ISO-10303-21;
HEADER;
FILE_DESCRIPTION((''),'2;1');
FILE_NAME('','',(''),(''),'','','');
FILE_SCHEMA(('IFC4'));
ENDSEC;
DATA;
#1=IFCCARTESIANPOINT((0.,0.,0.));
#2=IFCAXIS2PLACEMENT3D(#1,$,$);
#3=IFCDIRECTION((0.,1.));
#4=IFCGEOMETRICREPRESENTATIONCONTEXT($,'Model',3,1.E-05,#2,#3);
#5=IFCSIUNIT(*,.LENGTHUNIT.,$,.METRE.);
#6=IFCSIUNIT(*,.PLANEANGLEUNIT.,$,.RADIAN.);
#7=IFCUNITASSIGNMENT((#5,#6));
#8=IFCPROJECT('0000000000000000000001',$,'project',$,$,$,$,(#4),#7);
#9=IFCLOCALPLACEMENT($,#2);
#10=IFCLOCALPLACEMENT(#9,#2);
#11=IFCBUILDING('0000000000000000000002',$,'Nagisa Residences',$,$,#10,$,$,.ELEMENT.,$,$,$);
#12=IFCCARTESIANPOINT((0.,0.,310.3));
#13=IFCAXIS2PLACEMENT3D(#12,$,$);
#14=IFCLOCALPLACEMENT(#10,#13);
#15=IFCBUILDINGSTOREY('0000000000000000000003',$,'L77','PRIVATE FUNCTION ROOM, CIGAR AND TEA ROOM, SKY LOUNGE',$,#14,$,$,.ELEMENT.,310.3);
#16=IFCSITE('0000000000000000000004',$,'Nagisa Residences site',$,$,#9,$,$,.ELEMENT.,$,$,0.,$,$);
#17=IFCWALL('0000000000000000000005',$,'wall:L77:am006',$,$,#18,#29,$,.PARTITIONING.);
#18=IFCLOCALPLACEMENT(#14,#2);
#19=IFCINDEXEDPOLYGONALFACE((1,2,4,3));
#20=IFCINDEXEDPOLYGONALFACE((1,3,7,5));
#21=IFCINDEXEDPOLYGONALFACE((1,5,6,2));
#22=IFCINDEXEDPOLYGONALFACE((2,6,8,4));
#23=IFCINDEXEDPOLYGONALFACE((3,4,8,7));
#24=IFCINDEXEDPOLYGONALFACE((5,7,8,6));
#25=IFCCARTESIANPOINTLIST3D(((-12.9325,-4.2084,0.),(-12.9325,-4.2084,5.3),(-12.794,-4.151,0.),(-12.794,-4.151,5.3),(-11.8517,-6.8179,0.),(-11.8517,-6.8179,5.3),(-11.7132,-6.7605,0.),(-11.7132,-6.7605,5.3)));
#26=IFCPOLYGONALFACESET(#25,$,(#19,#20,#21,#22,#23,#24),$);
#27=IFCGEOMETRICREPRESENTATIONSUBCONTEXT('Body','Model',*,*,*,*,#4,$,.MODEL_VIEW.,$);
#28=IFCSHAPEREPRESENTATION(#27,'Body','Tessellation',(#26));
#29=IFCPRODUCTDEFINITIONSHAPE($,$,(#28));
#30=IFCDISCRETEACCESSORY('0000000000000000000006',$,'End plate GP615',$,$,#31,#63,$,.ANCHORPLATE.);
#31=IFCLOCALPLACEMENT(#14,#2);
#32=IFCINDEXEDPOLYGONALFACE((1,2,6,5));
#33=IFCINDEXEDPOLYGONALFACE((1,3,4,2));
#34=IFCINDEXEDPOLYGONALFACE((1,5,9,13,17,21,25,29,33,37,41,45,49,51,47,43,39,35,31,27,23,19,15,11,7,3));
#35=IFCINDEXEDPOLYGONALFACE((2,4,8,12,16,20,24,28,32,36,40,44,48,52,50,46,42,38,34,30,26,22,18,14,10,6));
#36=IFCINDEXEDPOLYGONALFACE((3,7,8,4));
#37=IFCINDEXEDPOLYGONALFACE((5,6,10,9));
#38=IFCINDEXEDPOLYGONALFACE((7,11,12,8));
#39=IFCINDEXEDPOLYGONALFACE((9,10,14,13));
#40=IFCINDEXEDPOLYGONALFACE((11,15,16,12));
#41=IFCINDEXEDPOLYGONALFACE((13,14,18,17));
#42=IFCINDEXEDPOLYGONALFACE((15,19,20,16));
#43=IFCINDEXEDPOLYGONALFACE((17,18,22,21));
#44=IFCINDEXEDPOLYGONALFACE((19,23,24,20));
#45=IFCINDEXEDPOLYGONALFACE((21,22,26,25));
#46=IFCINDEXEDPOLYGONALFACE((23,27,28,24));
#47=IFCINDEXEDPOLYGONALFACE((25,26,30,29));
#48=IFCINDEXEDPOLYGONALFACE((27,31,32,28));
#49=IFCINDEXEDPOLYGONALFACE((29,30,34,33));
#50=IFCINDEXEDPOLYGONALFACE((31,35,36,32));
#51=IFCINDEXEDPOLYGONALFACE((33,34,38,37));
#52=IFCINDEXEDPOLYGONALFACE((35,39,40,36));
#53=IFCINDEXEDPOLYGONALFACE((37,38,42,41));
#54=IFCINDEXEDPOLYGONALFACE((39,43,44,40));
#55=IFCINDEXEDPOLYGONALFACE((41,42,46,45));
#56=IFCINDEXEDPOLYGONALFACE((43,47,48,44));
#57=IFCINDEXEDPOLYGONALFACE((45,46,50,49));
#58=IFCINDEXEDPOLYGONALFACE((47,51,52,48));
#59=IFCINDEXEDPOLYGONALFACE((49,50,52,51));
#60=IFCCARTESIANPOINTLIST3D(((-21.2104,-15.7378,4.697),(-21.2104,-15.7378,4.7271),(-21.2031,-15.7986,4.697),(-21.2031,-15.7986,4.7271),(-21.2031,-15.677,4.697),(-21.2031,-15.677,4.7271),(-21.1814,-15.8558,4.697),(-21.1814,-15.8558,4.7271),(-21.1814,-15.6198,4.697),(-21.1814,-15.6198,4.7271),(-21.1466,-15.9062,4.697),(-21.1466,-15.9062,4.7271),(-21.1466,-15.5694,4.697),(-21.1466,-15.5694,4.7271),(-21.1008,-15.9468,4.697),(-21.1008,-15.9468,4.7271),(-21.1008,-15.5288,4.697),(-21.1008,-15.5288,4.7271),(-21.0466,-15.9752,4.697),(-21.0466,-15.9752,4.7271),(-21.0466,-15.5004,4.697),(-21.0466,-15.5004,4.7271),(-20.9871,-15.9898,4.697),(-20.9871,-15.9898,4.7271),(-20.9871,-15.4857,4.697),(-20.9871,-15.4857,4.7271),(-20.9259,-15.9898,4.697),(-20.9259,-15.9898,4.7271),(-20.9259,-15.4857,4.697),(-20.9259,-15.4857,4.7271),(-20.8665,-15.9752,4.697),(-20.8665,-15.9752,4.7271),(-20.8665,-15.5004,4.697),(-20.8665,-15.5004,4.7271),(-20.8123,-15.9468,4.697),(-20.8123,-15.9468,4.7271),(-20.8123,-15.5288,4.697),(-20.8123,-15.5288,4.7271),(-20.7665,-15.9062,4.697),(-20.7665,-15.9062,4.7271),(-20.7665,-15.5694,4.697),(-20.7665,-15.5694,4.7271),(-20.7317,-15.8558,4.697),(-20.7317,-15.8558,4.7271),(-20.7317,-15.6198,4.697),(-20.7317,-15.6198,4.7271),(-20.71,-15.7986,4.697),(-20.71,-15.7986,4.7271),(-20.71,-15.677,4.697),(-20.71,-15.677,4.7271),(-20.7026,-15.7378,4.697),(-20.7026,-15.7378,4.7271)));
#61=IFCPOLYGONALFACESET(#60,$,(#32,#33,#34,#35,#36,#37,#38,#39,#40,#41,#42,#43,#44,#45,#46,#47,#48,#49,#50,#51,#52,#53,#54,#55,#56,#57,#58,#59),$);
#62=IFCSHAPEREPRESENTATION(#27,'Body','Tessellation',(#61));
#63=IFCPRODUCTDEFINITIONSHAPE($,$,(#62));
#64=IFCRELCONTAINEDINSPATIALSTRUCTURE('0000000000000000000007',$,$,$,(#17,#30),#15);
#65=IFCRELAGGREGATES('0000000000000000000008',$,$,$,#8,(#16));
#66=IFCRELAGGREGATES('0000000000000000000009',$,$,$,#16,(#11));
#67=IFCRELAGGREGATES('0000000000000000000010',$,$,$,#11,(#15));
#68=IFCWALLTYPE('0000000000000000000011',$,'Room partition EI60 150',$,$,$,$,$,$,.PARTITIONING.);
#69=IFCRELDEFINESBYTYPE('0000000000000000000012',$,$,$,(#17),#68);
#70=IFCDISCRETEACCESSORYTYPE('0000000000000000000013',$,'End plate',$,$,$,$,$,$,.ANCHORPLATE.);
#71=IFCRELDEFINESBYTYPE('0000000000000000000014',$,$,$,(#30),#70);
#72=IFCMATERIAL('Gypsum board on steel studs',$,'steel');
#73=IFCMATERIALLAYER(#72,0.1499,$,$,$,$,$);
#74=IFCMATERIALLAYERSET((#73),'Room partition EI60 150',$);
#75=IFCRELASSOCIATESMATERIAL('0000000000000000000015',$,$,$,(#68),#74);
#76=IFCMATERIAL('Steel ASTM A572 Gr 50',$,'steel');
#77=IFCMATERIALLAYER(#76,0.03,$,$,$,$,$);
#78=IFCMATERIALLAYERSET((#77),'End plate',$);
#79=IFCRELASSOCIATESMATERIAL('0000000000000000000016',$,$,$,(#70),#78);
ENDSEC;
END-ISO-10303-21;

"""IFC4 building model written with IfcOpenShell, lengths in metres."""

from ifc_helpers import new_model, si_unit, direction, frame, frame_2d, origin, origin_2d, place, context, subcontext, project, spatial, rectangle, circle, extrude, material, layer, layer_set, type_object, element, save


model = new_model("IFC4")

# Units and contexts
model_context = context("Model", 3, precision=1e-05, world=origin(), true_north=direction((0.0, 1.0)))
body_context = subcontext(model_context, "Body", "Model", "MODEL_VIEW")
ifc_project = project(units=[si_unit("LENGTHUNIT", "METRE"), si_unit("PLANEANGLEUNIT", "RADIAN")], contexts=[model_context])

# Site, building, storey
site_placement = place(None, origin())
site = spatial("IfcSite", under=ifc_project, at=site_placement, Name="Nagisa Residences site", CompositionType="ELEMENT", RefElevation=0.0)
building_placement = place(site_placement, origin())
building = spatial("IfcBuilding", under=site, at=building_placement, Name="Nagisa Residences", CompositionType="ELEMENT")
storey_placement = place(building_placement, frame((0.0, 0.0, 310.3)))
storey = spatial("IfcBuildingStorey", under=building, at=storey_placement, Name="L77", Description="PRIVATE FUNCTION ROOM, CIGAR AND TEA ROOM, SKY LOUNGE", CompositionType="ELEMENT", Elevation=310.3)

# Wall
ifc_material_1 = material(Name="Gypsum board on steel studs", Category="steel")
ifc_layer_1 = layer(ifc_material_1, 0.1499)
ifc_layer_set_1 = layer_set([ifc_layer_1], Name="Room partition EI60 150")
wall_type = type_object("IfcWallType", Name="Room partition EI60 150", PredefinedType="PARTITIONING", material=ifc_layer_set_1)
wall_1_placement = place(storey_placement, frame((-11.7825, -6.7891, 0.0), z_axis=(0.0, 0.0, 1.0), x_axis=(-0.382675, 0.923883, 0.0)))
element("IfcWall", 1, at=wall_1_placement, inside=storey, type_object=wall_type, Name="wall:L77:am006", PredefinedType="PARTITIONING", context=body_context, shape_type="SweptSolid", body=[
    extrude(rectangle(XDim=2.8245, YDim=0.1499, at=frame_2d((1.4121, 0.0))), origin(), (0.0, 0.0, 1.0), 5.3),
])

# Discrete accessory
ifc_material_2 = material(Name="Steel ASTM A572 Gr 50", Category="steel")
ifc_layer_2 = layer(ifc_material_2, 0.03)
ifc_layer_set_2 = layer_set([ifc_layer_2], Name="End plate")
discrete_accessory_type = type_object("IfcDiscreteAccessoryType", Name="End plate", PredefinedType="ANCHORPLATE", material=ifc_layer_set_2)
discrete_accessory_placement = place(storey_placement, frame((-20.9565, -15.7378, 4.697), z_axis=(0.0, 0.0, 1.0), x_axis=(1.0, 0.0, 0.0)))
element("IfcDiscreteAccessory", 2, at=discrete_accessory_placement, inside=storey, type_object=discrete_accessory_type, Name="End plate GP615", PredefinedType="ANCHORPLATE", context=body_context, shape_type="SweptSolid", body=[
    extrude(circle(Radius=0.2539, at=origin_2d()), origin(), (0.0, 0.0, 1.0), 0.03),
])

save(model, "model.ifc")
